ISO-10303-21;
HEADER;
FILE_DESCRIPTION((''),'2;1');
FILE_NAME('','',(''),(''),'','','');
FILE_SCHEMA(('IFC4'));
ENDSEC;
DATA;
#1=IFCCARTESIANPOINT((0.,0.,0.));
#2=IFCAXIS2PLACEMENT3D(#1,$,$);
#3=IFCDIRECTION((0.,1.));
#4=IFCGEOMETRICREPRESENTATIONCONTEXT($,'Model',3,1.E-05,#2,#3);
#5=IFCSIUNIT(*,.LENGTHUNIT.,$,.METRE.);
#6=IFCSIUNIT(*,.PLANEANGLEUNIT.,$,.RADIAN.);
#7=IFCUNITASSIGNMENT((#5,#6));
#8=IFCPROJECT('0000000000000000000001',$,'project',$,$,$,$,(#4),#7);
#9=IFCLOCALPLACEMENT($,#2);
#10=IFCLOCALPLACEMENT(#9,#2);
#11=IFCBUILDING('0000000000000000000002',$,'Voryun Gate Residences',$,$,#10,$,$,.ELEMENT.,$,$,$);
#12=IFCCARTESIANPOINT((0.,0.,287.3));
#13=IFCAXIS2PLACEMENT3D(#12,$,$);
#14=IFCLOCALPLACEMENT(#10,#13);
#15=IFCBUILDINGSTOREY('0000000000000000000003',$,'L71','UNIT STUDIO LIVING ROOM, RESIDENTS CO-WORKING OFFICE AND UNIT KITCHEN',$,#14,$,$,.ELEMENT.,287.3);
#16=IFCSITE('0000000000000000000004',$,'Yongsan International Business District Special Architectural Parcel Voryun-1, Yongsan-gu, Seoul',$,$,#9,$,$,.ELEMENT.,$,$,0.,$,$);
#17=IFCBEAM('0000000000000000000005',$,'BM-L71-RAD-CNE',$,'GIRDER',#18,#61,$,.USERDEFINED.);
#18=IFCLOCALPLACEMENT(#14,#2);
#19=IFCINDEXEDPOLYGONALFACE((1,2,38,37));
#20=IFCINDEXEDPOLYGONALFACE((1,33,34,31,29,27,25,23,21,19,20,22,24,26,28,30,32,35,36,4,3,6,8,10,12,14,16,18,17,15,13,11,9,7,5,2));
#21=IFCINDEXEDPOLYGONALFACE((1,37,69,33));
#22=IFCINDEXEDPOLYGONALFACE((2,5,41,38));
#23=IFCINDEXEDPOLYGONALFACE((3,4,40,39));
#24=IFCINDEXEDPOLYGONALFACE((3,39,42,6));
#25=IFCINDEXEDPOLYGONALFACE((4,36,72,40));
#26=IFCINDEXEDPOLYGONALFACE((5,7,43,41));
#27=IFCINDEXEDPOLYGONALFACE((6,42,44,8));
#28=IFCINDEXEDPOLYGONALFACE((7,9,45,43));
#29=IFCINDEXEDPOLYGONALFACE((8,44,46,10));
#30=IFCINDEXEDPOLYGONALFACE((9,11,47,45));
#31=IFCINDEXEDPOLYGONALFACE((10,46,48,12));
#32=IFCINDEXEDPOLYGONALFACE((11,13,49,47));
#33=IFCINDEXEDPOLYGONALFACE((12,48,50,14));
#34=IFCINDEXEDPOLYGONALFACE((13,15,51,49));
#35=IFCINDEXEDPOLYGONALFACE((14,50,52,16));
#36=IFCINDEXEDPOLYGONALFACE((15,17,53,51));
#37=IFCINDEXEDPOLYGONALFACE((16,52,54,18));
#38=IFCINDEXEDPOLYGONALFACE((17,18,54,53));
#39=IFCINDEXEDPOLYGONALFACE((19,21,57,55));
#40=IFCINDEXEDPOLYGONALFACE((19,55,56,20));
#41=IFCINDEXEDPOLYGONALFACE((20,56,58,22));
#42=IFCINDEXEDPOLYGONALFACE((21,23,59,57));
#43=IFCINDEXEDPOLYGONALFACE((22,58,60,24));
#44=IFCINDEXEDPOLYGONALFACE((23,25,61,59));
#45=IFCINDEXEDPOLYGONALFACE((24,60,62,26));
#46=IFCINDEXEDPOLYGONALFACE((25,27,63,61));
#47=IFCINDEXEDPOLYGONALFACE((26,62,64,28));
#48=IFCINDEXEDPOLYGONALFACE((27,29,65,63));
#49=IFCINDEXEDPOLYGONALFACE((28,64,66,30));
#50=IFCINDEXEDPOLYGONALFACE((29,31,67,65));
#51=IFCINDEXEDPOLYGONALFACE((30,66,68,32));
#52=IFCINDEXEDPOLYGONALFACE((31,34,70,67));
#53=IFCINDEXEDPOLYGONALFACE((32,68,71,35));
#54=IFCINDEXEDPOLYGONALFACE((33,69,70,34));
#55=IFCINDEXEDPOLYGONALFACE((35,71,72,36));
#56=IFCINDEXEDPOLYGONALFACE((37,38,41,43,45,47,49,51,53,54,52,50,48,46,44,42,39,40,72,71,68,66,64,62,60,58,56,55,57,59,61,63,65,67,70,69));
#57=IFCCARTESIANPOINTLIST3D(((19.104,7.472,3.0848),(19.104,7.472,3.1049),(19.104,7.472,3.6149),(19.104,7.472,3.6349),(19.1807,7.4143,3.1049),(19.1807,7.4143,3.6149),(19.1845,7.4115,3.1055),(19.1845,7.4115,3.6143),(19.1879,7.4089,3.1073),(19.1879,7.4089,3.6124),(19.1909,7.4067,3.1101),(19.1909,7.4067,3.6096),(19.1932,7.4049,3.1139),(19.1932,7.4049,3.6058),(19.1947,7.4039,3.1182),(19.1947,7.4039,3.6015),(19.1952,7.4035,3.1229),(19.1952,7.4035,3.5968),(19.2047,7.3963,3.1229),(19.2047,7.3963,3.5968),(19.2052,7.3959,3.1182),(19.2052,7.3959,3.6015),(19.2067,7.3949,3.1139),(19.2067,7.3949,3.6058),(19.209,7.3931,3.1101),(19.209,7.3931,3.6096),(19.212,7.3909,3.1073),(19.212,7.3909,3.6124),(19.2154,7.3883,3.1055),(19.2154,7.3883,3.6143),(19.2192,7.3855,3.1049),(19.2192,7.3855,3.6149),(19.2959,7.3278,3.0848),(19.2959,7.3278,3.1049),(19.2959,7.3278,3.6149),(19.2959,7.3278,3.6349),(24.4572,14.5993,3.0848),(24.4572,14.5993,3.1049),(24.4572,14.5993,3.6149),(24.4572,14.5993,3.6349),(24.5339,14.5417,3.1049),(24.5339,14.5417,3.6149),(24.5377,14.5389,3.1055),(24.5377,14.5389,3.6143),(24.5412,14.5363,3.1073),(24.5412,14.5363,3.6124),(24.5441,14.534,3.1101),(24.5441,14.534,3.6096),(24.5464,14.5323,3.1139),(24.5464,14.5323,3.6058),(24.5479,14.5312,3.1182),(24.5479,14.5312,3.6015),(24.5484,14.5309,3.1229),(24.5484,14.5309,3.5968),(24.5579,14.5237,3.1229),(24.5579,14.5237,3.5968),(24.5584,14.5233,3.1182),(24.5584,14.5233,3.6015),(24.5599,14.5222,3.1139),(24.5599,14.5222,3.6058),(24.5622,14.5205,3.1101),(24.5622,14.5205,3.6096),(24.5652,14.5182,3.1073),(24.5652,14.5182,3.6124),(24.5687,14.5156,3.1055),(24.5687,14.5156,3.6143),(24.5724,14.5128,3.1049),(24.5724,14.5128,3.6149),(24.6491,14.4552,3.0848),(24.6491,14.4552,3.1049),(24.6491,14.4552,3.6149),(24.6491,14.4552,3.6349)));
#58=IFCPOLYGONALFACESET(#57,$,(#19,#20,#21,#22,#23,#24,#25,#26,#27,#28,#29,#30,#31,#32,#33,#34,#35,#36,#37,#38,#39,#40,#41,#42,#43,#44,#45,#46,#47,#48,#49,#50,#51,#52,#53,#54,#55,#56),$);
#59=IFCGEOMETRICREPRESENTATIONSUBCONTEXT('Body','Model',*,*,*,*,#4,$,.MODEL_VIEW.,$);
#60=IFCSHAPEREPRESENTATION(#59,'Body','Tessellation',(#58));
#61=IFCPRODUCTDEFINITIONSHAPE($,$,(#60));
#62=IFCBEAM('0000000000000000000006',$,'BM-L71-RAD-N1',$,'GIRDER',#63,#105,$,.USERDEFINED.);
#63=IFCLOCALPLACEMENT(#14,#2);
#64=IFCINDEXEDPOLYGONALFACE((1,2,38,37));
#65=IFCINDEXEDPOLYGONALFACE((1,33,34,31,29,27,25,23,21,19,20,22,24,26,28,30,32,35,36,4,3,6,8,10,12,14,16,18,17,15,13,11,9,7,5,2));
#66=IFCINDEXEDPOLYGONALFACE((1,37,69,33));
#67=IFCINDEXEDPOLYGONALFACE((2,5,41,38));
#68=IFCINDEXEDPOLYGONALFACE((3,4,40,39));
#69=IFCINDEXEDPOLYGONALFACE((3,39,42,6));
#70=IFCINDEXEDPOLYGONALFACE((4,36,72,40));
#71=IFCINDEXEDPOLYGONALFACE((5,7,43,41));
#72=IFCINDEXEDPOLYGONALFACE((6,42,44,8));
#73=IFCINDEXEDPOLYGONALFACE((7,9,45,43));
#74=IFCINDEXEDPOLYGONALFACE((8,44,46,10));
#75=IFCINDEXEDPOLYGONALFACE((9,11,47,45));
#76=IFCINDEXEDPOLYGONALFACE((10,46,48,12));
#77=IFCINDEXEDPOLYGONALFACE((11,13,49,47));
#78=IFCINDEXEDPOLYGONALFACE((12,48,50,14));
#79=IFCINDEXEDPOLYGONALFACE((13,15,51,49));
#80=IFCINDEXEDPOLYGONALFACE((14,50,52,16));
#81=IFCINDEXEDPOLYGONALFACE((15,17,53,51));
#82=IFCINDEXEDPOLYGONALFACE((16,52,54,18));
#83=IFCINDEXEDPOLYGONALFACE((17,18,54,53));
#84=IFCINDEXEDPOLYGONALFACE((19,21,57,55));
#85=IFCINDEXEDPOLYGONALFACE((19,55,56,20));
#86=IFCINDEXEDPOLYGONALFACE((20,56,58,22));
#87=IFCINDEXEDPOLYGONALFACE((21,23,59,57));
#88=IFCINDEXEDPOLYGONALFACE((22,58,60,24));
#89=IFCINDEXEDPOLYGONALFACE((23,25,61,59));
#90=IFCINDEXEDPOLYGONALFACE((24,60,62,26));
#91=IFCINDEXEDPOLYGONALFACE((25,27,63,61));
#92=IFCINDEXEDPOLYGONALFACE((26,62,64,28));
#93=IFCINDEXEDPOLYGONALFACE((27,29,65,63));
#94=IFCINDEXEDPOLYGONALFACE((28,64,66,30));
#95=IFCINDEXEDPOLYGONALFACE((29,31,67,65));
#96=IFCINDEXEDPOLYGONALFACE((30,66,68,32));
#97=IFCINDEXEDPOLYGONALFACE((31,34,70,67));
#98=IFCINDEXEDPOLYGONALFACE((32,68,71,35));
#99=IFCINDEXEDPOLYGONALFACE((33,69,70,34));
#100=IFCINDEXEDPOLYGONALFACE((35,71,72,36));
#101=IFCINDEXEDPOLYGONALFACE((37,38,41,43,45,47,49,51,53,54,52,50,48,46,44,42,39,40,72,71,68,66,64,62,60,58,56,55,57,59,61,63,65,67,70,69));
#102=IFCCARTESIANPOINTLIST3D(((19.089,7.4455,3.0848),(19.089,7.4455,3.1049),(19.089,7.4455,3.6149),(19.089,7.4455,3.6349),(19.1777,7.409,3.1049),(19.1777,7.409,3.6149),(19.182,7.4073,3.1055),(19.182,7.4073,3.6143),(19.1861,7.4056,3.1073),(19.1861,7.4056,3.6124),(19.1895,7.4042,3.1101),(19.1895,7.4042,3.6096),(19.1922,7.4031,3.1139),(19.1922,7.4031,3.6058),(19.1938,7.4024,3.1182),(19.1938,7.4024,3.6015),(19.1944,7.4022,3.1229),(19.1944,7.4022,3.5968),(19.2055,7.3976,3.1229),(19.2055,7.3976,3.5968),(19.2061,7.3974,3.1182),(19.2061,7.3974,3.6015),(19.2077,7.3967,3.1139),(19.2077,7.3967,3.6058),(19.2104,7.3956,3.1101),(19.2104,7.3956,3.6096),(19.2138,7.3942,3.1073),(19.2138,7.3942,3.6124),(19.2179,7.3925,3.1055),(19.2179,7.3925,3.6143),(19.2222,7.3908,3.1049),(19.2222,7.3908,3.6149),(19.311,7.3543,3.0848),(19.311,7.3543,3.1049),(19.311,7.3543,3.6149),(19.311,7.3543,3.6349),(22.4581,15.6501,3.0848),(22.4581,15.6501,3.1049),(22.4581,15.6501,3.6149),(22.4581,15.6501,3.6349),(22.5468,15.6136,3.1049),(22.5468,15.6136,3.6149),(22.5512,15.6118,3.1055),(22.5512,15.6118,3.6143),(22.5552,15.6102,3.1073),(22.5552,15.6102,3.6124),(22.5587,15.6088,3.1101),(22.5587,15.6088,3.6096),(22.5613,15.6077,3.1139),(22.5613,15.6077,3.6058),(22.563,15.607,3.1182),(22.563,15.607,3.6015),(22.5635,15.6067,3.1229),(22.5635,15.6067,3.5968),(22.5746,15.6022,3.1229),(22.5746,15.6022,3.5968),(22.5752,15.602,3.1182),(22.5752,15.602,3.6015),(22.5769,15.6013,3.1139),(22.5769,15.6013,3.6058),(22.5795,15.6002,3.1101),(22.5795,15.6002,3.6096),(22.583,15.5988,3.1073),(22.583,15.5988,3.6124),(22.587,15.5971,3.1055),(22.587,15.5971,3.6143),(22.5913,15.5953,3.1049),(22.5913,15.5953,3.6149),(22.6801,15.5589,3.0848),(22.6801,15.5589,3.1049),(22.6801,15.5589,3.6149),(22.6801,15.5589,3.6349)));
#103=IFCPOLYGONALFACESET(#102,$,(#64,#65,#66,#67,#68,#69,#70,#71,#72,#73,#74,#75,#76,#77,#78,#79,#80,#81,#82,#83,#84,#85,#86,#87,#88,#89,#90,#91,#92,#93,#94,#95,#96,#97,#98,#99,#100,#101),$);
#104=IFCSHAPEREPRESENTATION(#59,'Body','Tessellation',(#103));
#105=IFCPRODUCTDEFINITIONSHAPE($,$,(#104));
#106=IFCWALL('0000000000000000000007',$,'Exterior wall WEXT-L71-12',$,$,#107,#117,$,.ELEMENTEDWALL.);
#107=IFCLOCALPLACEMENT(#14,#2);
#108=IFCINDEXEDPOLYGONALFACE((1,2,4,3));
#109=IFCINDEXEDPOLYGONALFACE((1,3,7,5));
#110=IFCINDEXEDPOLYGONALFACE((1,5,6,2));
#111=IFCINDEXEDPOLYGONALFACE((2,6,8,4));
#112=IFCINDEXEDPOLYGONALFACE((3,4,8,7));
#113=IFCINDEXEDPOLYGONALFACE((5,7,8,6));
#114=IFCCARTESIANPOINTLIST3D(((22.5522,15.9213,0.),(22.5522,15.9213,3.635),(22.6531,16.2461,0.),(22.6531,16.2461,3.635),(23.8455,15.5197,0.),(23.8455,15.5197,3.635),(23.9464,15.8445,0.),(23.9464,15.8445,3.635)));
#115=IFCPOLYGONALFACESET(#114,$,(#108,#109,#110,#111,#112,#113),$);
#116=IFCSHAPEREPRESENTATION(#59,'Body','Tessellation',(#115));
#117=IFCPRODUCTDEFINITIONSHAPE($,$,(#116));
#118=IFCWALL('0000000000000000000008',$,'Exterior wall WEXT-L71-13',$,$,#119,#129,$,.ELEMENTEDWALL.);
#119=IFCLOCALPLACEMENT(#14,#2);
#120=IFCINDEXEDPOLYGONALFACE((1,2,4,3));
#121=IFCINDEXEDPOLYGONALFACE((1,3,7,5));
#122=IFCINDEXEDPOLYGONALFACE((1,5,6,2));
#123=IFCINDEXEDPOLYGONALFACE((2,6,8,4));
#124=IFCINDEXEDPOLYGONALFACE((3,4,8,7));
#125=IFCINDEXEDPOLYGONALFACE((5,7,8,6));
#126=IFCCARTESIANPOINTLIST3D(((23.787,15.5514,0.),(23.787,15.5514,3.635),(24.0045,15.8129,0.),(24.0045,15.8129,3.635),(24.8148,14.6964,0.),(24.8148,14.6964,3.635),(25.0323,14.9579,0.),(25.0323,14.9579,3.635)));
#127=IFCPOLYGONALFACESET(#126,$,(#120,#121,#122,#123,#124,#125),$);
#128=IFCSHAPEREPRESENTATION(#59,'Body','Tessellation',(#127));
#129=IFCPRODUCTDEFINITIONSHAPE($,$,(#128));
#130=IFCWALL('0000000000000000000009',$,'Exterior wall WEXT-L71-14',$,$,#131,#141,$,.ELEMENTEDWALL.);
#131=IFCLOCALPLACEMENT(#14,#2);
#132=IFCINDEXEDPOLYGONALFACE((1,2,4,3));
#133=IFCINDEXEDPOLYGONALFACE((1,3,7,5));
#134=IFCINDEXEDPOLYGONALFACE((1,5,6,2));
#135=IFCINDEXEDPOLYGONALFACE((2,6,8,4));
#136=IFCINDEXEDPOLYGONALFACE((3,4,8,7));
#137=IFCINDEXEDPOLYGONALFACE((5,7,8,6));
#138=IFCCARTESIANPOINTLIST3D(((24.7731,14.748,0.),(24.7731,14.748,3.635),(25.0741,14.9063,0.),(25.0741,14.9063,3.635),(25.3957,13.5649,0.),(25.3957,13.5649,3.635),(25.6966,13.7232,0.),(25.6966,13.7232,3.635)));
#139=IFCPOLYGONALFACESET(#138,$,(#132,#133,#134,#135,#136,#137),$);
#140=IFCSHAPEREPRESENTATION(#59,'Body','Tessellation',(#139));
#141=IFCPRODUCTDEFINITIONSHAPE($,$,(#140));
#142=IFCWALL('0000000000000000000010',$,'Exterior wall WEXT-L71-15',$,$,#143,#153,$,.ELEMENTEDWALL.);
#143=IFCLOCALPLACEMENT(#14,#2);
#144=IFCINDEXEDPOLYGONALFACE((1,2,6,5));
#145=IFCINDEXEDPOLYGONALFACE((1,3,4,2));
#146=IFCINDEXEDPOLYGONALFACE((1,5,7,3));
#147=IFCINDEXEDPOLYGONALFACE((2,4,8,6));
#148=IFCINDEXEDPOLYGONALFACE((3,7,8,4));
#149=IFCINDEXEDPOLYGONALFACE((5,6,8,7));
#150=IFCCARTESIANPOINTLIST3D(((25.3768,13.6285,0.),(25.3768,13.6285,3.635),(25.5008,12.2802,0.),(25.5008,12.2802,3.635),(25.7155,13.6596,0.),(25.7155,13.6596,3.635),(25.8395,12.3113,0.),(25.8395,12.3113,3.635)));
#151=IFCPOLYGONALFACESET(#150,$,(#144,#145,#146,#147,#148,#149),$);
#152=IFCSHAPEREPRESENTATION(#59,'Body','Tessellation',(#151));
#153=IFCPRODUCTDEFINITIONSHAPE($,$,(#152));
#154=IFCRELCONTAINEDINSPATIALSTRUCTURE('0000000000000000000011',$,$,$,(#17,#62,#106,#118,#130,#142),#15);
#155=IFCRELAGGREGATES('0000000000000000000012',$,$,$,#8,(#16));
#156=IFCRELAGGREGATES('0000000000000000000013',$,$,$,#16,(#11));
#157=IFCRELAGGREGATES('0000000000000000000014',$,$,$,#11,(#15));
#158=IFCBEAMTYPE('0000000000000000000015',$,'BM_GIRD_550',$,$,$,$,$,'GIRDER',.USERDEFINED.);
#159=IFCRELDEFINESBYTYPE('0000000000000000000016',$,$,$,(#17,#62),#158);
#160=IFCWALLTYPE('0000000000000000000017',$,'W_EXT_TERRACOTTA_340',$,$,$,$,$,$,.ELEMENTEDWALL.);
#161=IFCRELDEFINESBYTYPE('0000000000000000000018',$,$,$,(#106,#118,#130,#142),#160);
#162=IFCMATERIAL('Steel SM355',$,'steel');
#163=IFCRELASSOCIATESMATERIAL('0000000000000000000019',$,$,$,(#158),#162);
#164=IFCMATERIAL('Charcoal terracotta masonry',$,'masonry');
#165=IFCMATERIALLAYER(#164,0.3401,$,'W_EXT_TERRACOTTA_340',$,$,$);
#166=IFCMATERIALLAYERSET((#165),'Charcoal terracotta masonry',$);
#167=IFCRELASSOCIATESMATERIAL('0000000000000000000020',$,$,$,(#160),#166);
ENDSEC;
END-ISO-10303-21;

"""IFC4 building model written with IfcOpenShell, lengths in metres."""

from ifc_helpers import new_model, si_unit, direction, frame, frame_2d, origin, origin_2d, place, context, subcontext, project, spatial, rectangle, i_section, extrude, material, layer, layer_set, material_profile, profile_set, type_object, element, save


model = new_model("IFC4")

# Units and contexts
model_context = context("Model", 3, precision=1e-05, world=origin(), true_north=direction((0.0, 1.0)))
body_context = subcontext(model_context, "Body", "Model", "MODEL_VIEW")
ifc_project = project(units=[si_unit("LENGTHUNIT", "METRE"), si_unit("PLANEANGLEUNIT", "RADIAN")], contexts=[model_context])

# Site, building, storey
site_placement = place(None, origin())
site = spatial("IfcSite", under=ifc_project, at=site_placement, Name="Yongsan International Business District Special Architectural Parcel Voryun-1, Yongsan-gu, Seoul", CompositionType="ELEMENT", RefElevation=0.0)
building_placement = place(site_placement, origin())
building = spatial("IfcBuilding", under=site, at=building_placement, Name="Voryun Gate Residences", CompositionType="ELEMENT")
storey_placement = place(building_placement, frame((0.0, 0.0, 287.3)))
storey = spatial("IfcBuildingStorey", under=building, at=storey_placement, Name="L71", Description="UNIT STUDIO LIVING ROOM, RESIDENTS CO-WORKING OFFICE AND UNIT KITCHEN", CompositionType="ELEMENT", Elevation=287.3)

# Beams
ifc_material_1 = material(Name="Steel SM355", Category="steel")
ifc_material_profile_1 = material_profile(ifc_material_1, i_section(OverallWidth=0.24, OverallDepth=0.55, WebThickness=0.012, FlangeThickness=0.02, FilletRadius=0.0181, at=origin_2d()), Name="H-550x240x12x20")
ifc_profile_set_1 = profile_set([ifc_material_profile_1], Name="Steel SM355")
beam_type_1 = type_object("IfcBeamType", Name="BM_GIRD_550", ElementType="GIRDER", PredefinedType="USERDEFINED", material=ifc_profile_set_1)
beam_1_placement = place(storey_placement, frame((19.2, 7.3999, 3.3599), z_axis=(0.600552, 0.799586, 0.0), x_axis=(-0.799586, 0.600552, 0.0)))
element("IfcBeam", 1, at=beam_1_placement, inside=storey, type_object=beam_type_1, Name="BM-L71-RAD-CNE", ObjectType="GIRDER", PredefinedType="USERDEFINED", context=body_context, shape_type="SweptSolid", body=[
    extrude(i_section(OverallWidth=0.24, OverallDepth=0.55, WebThickness=0.012, FlangeThickness=0.02, FilletRadius=0.0181, at=origin_2d()), origin(), (0.0, 0.0, 1.0), 8.9138),
])
beam_2_placement = place(storey_placement, frame((19.2, 7.3999, 3.3599), z_axis=(0.379861, 0.925044, 0.0), x_axis=(-0.925044, 0.379861, 0.0)))
element("IfcBeam", 2, at=beam_2_placement, inside=storey, type_object=beam_type_1, Name="BM-L71-RAD-N1", ObjectType="GIRDER", PredefinedType="USERDEFINED", context=body_context, shape_type="SweptSolid", body=[
    extrude(i_section(OverallWidth=0.24, OverallDepth=0.55, WebThickness=0.012, FlangeThickness=0.02, FilletRadius=0.0181, at=origin_2d()), origin(), (0.0, 0.0, 1.0), 8.8694),
])

# Walls
ifc_material_2 = material(Name="Charcoal terracotta masonry", Category="masonry")
ifc_layer_1 = layer(ifc_material_2, 0.3401, Name="W_EXT_TERRACOTTA_340")
ifc_layer_set_1 = layer_set([ifc_layer_1], Name="Charcoal terracotta masonry")
wall_type_1 = type_object("IfcWallType", Name="W_EXT_TERRACOTTA_340", PredefinedType="ELEMENTEDWALL", material=ifc_layer_set_1)
wall_1_placement = place(storey_placement, frame((22.6025, 16.0837, 0.0), z_axis=(0.0, 0.0, 1.0), x_axis=(0.955008, -0.296581, 0.0)))
element("IfcWall", 3, at=wall_1_placement, inside=storey, type_object=wall_type_1, Name="Exterior wall WEXT-L71-12", PredefinedType="ELEMENTEDWALL", context=body_context, shape_type="SweptSolid", body=[
    extrude(rectangle(XDim=1.3542, YDim=0.3401, at=frame_2d((0.6772, 0.0))), origin(), (0.0, 0.0, 1.0), 3.635),
])
for number, where, z_axis, x_axis, name in (
    (4, (23.8958, 15.6821, 0.0), (0.0, 0.0, 1.0), (0.76879, -0.639502, 0.0), "Exterior wall WEXT-L71-13"),
    (5, (24.9236, 14.8271, 0.0), (0.0, 0.0, 1.0), (0.465671, -0.884958, 0.0), "Exterior wall WEXT-L71-14"),
):
    element("IfcWall", number, at=place(storey_placement, frame(where, z_axis=z_axis, x_axis=x_axis)), inside=storey, type_object=wall_type_1, Name=name, PredefinedType="ELEMENTEDWALL", context=body_context, shape_type="SweptSolid", body=[
        extrude(rectangle(XDim=1.3369, YDim=0.3401, at=frame_2d((0.6685, 0.0))), origin(), (0.0, 0.0, 1.0), 3.635),
    ])
wall_2_placement = place(storey_placement, frame((25.5461, 13.644, 0.0), z_axis=(0.0, 0.0, 1.0), x_axis=(0.091592, -0.995797, 0.0)))
element("IfcWall", 6, at=wall_2_placement, inside=storey, type_object=wall_type_1, Name="Exterior wall WEXT-L71-15", PredefinedType="ELEMENTEDWALL", context=body_context, shape_type="SweptSolid", body=[
    extrude(rectangle(XDim=1.354, YDim=0.3401, at=frame_2d((0.677, 0.0))), origin(), (0.0, 0.0, 1.0), 3.635),
])

save(model, "model.ifc")
